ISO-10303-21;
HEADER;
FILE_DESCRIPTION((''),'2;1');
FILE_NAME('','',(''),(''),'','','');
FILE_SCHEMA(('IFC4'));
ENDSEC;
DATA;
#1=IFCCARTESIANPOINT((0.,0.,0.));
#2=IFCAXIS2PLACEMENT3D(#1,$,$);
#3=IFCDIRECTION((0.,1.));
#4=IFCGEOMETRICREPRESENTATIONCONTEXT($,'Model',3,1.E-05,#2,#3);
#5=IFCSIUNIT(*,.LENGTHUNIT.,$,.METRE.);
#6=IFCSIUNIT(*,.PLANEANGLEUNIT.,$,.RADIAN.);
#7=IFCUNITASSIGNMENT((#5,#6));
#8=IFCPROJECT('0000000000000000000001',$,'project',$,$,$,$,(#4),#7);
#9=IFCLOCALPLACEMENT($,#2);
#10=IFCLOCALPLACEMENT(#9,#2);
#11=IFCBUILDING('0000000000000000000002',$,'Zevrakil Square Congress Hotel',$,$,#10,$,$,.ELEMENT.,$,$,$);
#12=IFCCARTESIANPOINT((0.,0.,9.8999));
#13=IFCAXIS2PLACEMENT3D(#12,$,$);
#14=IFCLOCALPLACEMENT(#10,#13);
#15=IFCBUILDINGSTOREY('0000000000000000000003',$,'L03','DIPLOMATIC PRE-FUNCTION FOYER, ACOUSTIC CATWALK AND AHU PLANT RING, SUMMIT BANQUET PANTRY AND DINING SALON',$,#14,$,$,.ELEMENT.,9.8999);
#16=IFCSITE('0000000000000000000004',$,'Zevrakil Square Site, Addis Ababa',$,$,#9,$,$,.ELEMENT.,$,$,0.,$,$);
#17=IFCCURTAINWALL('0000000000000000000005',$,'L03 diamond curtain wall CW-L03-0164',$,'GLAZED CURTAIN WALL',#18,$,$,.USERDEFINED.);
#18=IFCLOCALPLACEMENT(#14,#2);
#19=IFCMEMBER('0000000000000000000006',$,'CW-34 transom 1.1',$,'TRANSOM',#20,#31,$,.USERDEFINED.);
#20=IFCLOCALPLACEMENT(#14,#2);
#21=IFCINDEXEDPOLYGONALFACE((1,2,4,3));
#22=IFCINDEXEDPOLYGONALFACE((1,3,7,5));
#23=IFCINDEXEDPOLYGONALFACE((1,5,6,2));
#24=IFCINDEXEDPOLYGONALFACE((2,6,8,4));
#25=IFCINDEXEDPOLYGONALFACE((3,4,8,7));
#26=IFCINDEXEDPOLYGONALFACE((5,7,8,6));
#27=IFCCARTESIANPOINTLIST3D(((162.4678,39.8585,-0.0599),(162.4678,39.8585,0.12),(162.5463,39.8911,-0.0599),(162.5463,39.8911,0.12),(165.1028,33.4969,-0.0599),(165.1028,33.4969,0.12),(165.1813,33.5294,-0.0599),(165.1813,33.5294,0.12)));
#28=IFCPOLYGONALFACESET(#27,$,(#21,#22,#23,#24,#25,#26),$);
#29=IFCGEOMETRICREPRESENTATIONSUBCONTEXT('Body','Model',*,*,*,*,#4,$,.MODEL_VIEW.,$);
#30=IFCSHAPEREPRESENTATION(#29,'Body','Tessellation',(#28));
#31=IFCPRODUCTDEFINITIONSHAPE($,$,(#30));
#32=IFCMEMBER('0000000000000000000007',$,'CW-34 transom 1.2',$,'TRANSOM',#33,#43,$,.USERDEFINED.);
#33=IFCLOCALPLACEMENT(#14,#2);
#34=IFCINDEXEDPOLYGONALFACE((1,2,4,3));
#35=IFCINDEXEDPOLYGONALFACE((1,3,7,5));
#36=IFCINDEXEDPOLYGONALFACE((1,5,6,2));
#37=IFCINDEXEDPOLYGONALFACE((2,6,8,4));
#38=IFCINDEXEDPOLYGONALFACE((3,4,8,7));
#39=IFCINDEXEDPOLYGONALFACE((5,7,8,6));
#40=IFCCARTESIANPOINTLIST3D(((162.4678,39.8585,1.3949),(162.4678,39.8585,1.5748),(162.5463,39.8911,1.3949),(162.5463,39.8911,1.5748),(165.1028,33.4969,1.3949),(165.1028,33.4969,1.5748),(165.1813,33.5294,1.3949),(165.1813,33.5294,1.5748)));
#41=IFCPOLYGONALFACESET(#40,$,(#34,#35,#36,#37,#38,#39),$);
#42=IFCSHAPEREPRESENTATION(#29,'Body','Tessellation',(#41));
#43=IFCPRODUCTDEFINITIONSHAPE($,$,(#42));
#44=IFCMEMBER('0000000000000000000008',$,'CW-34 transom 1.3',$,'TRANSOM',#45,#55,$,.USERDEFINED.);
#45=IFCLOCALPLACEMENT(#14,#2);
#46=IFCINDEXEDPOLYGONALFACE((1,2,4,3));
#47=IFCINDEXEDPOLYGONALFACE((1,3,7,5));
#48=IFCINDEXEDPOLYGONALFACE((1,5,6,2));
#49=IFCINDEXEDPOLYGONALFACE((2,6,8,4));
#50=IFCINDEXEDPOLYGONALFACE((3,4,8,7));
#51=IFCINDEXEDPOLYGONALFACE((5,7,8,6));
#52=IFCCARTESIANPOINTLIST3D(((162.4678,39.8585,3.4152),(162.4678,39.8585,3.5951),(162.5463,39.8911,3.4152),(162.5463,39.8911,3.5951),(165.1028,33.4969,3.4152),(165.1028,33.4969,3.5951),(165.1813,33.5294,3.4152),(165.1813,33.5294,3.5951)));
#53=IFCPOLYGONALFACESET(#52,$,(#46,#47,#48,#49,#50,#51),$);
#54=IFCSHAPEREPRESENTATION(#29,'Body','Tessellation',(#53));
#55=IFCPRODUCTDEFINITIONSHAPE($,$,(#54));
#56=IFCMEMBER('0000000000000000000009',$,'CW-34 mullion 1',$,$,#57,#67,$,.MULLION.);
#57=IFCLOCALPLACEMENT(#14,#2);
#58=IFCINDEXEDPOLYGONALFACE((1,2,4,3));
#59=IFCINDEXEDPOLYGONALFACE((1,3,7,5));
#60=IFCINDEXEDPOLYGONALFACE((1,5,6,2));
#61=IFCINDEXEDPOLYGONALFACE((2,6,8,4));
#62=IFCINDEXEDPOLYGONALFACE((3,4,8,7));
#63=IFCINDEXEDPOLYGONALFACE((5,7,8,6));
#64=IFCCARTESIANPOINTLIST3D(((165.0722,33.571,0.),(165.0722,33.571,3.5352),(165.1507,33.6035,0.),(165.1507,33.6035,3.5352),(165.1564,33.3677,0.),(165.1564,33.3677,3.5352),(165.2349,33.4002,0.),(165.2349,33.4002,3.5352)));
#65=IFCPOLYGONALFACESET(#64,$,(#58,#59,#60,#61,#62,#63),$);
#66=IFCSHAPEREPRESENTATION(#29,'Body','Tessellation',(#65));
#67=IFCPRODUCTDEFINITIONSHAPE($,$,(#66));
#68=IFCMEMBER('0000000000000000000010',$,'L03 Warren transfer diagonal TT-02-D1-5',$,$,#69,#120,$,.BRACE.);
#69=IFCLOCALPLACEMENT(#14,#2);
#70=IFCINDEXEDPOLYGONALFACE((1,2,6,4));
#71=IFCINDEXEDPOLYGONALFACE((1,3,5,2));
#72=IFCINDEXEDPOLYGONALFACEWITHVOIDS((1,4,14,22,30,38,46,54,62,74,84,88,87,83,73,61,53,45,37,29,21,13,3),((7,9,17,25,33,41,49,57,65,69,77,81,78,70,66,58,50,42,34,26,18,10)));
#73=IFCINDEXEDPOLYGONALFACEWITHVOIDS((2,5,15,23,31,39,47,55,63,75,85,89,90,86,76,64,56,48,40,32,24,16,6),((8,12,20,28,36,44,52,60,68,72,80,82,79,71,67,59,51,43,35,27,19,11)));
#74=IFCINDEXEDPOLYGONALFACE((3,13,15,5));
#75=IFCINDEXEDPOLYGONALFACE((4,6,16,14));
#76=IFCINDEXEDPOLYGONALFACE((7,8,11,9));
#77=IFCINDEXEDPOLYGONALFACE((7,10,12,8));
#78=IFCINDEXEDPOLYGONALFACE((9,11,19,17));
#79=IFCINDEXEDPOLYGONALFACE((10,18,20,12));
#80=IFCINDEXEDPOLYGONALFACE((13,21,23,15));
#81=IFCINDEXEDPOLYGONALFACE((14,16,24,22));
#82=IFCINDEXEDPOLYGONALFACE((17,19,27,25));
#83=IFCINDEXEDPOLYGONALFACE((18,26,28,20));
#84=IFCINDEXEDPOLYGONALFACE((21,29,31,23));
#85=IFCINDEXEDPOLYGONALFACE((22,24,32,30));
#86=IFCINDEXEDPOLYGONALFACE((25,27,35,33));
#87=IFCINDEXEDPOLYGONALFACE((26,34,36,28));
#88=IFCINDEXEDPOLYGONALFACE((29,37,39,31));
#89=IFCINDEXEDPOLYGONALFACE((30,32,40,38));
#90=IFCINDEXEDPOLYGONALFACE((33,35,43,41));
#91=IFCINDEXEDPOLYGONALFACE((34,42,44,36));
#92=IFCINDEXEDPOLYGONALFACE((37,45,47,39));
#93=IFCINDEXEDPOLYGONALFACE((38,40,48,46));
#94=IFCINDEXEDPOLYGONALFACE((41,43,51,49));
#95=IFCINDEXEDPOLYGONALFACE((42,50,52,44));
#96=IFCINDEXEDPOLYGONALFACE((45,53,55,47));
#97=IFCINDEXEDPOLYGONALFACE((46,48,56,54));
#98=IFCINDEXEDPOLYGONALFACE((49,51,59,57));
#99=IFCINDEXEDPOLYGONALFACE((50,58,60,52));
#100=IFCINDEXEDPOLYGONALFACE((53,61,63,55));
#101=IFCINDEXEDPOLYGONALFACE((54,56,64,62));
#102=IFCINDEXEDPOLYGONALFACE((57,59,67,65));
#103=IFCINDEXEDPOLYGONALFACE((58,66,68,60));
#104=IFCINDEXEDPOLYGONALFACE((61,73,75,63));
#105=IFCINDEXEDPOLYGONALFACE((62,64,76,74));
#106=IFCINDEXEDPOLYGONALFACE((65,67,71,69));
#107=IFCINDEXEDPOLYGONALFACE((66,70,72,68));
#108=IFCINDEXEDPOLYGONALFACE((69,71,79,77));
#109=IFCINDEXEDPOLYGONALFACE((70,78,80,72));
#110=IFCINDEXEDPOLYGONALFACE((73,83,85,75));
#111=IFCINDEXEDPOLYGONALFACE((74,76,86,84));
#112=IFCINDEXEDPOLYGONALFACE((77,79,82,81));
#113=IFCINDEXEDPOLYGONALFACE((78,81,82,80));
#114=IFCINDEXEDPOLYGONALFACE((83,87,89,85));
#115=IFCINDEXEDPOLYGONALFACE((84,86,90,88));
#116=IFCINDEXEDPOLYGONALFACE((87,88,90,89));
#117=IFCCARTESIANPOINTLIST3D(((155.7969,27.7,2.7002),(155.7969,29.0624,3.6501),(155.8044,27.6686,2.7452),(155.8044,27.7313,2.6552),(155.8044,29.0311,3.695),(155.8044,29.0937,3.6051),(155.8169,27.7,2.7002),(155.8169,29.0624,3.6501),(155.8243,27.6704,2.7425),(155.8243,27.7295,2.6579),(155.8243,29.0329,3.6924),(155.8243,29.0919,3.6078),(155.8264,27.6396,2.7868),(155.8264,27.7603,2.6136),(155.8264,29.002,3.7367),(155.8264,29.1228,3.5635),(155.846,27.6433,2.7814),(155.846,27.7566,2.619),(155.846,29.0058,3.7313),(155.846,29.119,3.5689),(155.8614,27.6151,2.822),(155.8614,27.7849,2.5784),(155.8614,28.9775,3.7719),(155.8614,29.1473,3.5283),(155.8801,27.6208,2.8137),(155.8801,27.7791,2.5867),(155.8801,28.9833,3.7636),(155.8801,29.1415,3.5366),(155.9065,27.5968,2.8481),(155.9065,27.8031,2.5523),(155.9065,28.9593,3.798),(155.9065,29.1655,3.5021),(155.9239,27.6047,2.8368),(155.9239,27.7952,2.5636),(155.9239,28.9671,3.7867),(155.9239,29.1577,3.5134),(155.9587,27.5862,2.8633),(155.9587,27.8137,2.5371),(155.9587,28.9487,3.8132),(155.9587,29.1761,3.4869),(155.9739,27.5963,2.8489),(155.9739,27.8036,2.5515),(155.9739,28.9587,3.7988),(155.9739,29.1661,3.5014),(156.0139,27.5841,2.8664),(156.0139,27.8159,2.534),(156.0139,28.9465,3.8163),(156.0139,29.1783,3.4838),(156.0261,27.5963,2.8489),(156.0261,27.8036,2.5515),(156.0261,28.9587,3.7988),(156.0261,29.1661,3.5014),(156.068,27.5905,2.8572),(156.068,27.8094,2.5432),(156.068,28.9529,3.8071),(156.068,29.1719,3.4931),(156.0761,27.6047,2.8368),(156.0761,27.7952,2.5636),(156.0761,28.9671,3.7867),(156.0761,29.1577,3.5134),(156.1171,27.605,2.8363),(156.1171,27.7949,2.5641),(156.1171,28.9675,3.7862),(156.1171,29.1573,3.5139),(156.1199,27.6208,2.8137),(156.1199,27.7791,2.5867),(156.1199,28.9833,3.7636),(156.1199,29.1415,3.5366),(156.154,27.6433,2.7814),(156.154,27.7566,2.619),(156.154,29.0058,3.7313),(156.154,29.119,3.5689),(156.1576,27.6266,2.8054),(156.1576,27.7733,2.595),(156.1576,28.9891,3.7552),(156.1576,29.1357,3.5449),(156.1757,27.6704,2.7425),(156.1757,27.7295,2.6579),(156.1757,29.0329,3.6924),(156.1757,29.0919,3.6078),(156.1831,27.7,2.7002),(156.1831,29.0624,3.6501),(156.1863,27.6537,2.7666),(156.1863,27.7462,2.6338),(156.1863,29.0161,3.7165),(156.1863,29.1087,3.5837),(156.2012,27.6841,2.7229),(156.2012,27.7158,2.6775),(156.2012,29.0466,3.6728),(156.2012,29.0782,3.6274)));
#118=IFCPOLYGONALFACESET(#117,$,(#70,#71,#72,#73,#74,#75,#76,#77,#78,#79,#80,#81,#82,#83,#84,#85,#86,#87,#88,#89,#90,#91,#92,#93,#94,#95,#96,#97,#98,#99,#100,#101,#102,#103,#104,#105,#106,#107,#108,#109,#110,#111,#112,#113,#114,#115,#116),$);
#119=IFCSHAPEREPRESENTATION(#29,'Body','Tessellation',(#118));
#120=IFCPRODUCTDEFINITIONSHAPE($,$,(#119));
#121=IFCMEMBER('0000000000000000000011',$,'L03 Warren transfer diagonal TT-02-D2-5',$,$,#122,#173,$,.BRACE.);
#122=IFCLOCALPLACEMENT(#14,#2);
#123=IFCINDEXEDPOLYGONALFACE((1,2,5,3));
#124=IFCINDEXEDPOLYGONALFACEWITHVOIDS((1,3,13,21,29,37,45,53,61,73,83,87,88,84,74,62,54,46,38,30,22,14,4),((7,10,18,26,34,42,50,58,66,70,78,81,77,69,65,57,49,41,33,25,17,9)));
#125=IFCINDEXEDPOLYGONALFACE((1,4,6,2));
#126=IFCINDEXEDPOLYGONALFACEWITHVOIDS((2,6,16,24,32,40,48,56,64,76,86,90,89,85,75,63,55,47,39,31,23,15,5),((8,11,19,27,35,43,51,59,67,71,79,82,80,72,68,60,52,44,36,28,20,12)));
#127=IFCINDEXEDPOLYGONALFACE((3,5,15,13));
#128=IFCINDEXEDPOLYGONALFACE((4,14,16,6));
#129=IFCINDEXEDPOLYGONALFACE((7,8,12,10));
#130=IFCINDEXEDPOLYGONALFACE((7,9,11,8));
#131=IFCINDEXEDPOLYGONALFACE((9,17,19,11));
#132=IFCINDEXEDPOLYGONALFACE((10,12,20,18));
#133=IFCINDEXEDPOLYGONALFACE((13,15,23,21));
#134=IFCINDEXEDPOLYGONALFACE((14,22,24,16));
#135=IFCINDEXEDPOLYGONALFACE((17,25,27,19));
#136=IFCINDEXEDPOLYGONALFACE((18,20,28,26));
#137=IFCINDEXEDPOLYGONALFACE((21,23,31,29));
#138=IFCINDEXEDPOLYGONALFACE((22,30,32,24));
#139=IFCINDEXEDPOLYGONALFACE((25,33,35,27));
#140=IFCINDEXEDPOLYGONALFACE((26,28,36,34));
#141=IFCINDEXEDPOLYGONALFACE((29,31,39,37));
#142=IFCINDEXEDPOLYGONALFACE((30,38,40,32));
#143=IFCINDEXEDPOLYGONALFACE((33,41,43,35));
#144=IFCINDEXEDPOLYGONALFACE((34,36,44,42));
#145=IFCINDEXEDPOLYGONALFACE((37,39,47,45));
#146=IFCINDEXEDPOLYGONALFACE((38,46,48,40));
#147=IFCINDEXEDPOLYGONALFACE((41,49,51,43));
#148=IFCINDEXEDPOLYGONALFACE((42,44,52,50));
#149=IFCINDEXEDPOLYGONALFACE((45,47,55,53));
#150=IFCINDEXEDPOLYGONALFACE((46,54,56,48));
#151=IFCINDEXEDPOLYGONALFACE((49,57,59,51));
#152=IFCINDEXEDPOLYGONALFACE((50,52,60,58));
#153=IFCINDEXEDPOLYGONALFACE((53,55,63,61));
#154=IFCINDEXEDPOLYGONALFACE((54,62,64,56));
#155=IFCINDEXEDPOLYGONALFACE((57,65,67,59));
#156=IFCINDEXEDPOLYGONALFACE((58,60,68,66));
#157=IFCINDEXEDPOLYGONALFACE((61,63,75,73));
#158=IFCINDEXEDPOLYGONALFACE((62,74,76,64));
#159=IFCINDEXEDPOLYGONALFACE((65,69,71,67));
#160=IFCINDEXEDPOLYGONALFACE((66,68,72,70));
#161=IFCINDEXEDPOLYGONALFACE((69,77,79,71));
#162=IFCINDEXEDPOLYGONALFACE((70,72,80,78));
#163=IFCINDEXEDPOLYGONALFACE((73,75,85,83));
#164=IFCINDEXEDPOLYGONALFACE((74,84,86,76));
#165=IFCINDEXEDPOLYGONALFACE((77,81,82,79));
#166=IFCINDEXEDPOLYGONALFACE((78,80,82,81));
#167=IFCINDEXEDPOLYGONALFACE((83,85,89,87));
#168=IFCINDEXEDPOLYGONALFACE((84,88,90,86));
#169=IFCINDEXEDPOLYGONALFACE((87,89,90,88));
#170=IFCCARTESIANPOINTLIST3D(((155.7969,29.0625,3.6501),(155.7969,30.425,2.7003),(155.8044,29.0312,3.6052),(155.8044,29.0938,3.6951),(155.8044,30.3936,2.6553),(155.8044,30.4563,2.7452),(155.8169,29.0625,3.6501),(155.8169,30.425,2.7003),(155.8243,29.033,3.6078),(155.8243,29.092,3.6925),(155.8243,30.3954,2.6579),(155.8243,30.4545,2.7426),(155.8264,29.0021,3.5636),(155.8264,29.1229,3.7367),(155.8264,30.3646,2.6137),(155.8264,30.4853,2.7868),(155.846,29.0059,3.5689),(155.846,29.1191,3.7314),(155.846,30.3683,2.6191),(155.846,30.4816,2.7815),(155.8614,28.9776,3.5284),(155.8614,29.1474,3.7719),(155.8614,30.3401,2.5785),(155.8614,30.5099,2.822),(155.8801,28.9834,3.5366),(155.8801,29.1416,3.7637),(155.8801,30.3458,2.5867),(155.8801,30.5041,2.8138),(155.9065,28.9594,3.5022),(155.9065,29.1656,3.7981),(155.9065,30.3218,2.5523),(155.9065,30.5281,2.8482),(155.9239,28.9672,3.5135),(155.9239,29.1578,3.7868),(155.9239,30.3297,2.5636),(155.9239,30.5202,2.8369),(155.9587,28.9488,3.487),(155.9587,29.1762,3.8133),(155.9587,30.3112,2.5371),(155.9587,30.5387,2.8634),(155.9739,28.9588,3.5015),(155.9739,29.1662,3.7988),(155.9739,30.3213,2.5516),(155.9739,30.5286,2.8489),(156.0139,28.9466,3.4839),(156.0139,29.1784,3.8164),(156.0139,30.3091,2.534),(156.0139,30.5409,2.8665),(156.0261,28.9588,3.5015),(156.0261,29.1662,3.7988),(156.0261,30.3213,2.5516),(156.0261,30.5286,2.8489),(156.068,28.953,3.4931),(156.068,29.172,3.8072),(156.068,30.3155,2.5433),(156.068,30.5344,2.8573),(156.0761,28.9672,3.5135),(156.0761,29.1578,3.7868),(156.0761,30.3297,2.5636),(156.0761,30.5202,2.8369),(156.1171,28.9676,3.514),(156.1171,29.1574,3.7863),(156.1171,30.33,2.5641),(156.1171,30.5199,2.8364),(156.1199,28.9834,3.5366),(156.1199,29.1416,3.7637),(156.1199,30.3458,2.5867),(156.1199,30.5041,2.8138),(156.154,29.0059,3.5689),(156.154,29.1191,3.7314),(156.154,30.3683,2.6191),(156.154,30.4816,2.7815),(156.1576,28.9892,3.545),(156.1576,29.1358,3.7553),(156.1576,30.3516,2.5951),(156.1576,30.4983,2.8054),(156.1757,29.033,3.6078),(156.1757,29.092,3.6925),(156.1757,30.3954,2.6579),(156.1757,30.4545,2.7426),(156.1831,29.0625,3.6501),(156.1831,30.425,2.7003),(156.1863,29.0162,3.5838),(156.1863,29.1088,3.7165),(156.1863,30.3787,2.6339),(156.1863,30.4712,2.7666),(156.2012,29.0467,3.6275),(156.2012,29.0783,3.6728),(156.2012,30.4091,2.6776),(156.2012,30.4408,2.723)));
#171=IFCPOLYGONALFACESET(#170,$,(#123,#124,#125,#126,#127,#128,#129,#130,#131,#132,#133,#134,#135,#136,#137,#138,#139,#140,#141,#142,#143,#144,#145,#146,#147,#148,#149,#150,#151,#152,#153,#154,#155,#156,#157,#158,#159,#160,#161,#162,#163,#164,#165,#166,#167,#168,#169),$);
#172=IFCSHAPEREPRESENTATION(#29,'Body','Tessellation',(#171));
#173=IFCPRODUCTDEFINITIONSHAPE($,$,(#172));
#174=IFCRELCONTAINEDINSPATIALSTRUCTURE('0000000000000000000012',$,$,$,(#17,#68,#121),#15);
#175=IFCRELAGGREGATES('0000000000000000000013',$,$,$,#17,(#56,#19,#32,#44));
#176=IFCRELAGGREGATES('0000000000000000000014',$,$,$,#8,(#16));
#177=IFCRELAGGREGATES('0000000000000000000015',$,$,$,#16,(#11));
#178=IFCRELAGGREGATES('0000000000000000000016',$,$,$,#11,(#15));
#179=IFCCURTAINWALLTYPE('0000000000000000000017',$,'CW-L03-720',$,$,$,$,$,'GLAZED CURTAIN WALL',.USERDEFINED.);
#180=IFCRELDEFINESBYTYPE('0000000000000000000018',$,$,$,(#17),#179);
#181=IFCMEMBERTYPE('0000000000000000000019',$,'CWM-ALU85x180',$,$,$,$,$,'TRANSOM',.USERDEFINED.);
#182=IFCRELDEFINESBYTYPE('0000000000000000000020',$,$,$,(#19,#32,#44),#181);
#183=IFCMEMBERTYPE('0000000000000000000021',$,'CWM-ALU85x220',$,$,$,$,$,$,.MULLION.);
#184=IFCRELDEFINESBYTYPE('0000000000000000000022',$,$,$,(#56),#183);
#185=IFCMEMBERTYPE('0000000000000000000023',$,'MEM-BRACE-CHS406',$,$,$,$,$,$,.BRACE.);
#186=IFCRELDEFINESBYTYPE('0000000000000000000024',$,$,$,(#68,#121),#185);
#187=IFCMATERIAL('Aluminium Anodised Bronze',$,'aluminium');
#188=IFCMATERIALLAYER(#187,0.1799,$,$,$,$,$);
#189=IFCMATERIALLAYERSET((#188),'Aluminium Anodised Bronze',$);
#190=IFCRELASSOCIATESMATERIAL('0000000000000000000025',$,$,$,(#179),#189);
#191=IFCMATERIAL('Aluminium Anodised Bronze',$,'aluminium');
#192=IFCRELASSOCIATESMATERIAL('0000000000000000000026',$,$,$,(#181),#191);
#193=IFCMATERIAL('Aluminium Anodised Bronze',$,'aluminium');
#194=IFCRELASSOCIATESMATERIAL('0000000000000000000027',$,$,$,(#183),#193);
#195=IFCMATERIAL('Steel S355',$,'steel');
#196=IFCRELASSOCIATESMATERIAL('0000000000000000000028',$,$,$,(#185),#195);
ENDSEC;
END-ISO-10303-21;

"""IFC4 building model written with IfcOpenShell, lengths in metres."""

from ifc_helpers import new_model, si_unit, direction, frame, origin, origin_2d, place, context, subcontext, project, spatial, rectangle, hollow_circle, extrude, material, layer, layer_set, material_profile, profile_set, type_object, element, aggregate, save


model = new_model("IFC4")

# Units and contexts
model_context = context("Model", 3, precision=1e-05, world=origin(), true_north=direction((0.0, 1.0)))
body_context = subcontext(model_context, "Body", "Model", "MODEL_VIEW")
ifc_project = project(units=[si_unit("LENGTHUNIT", "METRE"), si_unit("PLANEANGLEUNIT", "RADIAN")], contexts=[model_context])

# Site, building, storey
site_placement = place(None, origin())
site = spatial("IfcSite", under=ifc_project, at=site_placement, Name="Zevrakil Square Site, Addis Ababa", CompositionType="ELEMENT", RefElevation=0.0)
building_placement = place(site_placement, origin())
building = spatial("IfcBuilding", under=site, at=building_placement, Name="Zevrakil Square Congress Hotel", CompositionType="ELEMENT")
storey_placement = place(building_placement, frame((0.0, 0.0, 9.8999)))
storey = spatial("IfcBuildingStorey", under=building, at=storey_placement, Name="L03", Description="DIPLOMATIC PRE-FUNCTION FOYER, ACOUSTIC CATWALK AND AHU PLANT RING, SUMMIT BANQUET PANTRY AND DINING SALON", CompositionType="ELEMENT", Elevation=9.8999)

# Curtain wall, members
ifc_material_1 = material(Name="Aluminium Anodised Bronze", Category="aluminium")
ifc_layer_1 = layer(ifc_material_1, 0.1799)
ifc_layer_set_1 = layer_set([ifc_layer_1], Name="Aluminium Anodised Bronze")
curtain_wall_type = type_object("IfcCurtainWallType", Name="CW-L03-720", ElementType="GLAZED CURTAIN WALL", PredefinedType="USERDEFINED", material=ifc_layer_set_1)
curtain_wall_placement = place(storey_placement, origin())
curtain_wall = element("IfcCurtainWall", 1, at=curtain_wall_placement, inside=storey, type_object=curtain_wall_type, Name="L03 diamond curtain wall CW-L03-0164", ObjectType="GLAZED CURTAIN WALL", PredefinedType="USERDEFINED")
ifc_material_2 = material(Name="Aluminium Anodised Bronze", Category="aluminium")
ifc_material_profile_1 = material_profile(ifc_material_2, rectangle(XDim=0.085, YDim=0.1799, at=origin_2d()), Name="ALU 85x180")
ifc_profile_set_1 = profile_set([ifc_material_profile_1], Name="Aluminium Anodised Bronze")
member_type_1 = type_object("IfcMemberType", Name="CWM-ALU85x180", ElementType="TRANSOM", PredefinedType="USERDEFINED", material=ifc_profile_set_1)
member_1_placement = place(storey_placement, frame((165.1421, 33.5132, 0.03), z_axis=(-0.382679, 0.923882, 0.0), x_axis=(-0.923882, -0.382679, 0.0)))
member_1 = element("IfcMember", 2, at=member_1_placement, type_object=member_type_1, Name="CW-34 transom 1.1", ObjectType="TRANSOM", PredefinedType="USERDEFINED", context=body_context, shape_type="SweptSolid", body=[
    extrude(rectangle(XDim=0.085, YDim=0.1799, at=origin_2d()), origin(), (0.0, 0.0, 1.0), 6.8857),
])
member_2_placement = place(storey_placement, frame((165.1421, 33.5132, 1.4849), z_axis=(-0.382679, 0.923882, 0.0), x_axis=(-0.923882, -0.382679, 0.0)))
member_2 = element("IfcMember", 3, at=member_2_placement, type_object=member_type_1, Name="CW-34 transom 1.2", ObjectType="TRANSOM", PredefinedType="USERDEFINED", context=body_context, shape_type="SweptSolid", body=[
    extrude(rectangle(XDim=0.085, YDim=0.1799, at=origin_2d()), origin(), (0.0, 0.0, 1.0), 6.8857),
])
member_3_placement = place(storey_placement, frame((165.1421, 33.5132, 3.5051), z_axis=(-0.382679, 0.923882, 0.0), x_axis=(-0.923882, -0.382679, 0.0)))
member_3 = element("IfcMember", 4, at=member_3_placement, type_object=member_type_1, Name="CW-34 transom 1.3", ObjectType="TRANSOM", PredefinedType="USERDEFINED", context=body_context, shape_type="SweptSolid", body=[
    extrude(rectangle(XDim=0.085, YDim=0.1799, at=origin_2d()), origin(), (0.0, 0.0, 1.0), 6.8857),
])
ifc_material_3 = material(Name="Aluminium Anodised Bronze", Category="aluminium")
ifc_material_profile_2 = material_profile(ifc_material_3, rectangle(XDim=0.085, YDim=0.22, at=origin_2d()), Name="ALU 85x220")
ifc_profile_set_2 = profile_set([ifc_material_profile_2], Name="Aluminium Anodised Bronze")
member_type_2 = type_object("IfcMemberType", Name="CWM-ALU85x220", PredefinedType="MULLION", material=ifc_profile_set_2)
member_4_placement = place(storey_placement, frame((165.1536, 33.4856, 0.0), z_axis=(0.0, 0.0, 1.0), x_axis=(-0.923879, -0.382684, 0.0)))
member_4 = element("IfcMember", 5, at=member_4_placement, type_object=member_type_2, Name="CW-34 mullion 1", PredefinedType="MULLION", context=body_context, shape_type="SweptSolid", body=[
    extrude(rectangle(XDim=0.085, YDim=0.22, at=origin_2d()), origin(), (0.0, 0.0, 1.0), 3.5352),
])
aggregate(curtain_wall, [member_4, member_1, member_2, member_3])

# Members
ifc_material_4 = material(Name="Steel S355", Category="steel")
ifc_material_profile_3 = material_profile(ifc_material_4, hollow_circle(Radius=0.2031, WallThickness=0.02, at=origin_2d()), Name="CHS 406.4x20")
ifc_profile_set_3 = profile_set([ifc_material_profile_3], Name="Steel S355")
member_type_3 = type_object("IfcMemberType", Name="MEM-BRACE-CHS406", PredefinedType="BRACE", material=ifc_profile_set_3)
for number, where, z_axis, x_axis, name in (
    (6, (156.0, 27.7, 2.7002), (0.0, 0.820315, 0.571913), (-1.0, 0.0, 0.0), "L03 Warren transfer diagonal TT-02-D1-5"),
    (7, (156.0, 29.0625, 3.6501), (0.0, 0.820315, -0.571913), (-1.0, 0.0, 0.0), "L03 Warren transfer diagonal TT-02-D2-5"),
):
    element("IfcMember", number, at=place(storey_placement, frame(where, z_axis=z_axis, x_axis=x_axis)), inside=storey, type_object=member_type_3, Name=name, PredefinedType="BRACE", context=body_context, shape_type="SweptSolid", body=[
        extrude(hollow_circle(Radius=0.2031, WallThickness=0.02, at=origin_2d()), origin(), (0.0, 0.0, 1.0), 1.6609),
    ])

save(model, "model.ifc")
